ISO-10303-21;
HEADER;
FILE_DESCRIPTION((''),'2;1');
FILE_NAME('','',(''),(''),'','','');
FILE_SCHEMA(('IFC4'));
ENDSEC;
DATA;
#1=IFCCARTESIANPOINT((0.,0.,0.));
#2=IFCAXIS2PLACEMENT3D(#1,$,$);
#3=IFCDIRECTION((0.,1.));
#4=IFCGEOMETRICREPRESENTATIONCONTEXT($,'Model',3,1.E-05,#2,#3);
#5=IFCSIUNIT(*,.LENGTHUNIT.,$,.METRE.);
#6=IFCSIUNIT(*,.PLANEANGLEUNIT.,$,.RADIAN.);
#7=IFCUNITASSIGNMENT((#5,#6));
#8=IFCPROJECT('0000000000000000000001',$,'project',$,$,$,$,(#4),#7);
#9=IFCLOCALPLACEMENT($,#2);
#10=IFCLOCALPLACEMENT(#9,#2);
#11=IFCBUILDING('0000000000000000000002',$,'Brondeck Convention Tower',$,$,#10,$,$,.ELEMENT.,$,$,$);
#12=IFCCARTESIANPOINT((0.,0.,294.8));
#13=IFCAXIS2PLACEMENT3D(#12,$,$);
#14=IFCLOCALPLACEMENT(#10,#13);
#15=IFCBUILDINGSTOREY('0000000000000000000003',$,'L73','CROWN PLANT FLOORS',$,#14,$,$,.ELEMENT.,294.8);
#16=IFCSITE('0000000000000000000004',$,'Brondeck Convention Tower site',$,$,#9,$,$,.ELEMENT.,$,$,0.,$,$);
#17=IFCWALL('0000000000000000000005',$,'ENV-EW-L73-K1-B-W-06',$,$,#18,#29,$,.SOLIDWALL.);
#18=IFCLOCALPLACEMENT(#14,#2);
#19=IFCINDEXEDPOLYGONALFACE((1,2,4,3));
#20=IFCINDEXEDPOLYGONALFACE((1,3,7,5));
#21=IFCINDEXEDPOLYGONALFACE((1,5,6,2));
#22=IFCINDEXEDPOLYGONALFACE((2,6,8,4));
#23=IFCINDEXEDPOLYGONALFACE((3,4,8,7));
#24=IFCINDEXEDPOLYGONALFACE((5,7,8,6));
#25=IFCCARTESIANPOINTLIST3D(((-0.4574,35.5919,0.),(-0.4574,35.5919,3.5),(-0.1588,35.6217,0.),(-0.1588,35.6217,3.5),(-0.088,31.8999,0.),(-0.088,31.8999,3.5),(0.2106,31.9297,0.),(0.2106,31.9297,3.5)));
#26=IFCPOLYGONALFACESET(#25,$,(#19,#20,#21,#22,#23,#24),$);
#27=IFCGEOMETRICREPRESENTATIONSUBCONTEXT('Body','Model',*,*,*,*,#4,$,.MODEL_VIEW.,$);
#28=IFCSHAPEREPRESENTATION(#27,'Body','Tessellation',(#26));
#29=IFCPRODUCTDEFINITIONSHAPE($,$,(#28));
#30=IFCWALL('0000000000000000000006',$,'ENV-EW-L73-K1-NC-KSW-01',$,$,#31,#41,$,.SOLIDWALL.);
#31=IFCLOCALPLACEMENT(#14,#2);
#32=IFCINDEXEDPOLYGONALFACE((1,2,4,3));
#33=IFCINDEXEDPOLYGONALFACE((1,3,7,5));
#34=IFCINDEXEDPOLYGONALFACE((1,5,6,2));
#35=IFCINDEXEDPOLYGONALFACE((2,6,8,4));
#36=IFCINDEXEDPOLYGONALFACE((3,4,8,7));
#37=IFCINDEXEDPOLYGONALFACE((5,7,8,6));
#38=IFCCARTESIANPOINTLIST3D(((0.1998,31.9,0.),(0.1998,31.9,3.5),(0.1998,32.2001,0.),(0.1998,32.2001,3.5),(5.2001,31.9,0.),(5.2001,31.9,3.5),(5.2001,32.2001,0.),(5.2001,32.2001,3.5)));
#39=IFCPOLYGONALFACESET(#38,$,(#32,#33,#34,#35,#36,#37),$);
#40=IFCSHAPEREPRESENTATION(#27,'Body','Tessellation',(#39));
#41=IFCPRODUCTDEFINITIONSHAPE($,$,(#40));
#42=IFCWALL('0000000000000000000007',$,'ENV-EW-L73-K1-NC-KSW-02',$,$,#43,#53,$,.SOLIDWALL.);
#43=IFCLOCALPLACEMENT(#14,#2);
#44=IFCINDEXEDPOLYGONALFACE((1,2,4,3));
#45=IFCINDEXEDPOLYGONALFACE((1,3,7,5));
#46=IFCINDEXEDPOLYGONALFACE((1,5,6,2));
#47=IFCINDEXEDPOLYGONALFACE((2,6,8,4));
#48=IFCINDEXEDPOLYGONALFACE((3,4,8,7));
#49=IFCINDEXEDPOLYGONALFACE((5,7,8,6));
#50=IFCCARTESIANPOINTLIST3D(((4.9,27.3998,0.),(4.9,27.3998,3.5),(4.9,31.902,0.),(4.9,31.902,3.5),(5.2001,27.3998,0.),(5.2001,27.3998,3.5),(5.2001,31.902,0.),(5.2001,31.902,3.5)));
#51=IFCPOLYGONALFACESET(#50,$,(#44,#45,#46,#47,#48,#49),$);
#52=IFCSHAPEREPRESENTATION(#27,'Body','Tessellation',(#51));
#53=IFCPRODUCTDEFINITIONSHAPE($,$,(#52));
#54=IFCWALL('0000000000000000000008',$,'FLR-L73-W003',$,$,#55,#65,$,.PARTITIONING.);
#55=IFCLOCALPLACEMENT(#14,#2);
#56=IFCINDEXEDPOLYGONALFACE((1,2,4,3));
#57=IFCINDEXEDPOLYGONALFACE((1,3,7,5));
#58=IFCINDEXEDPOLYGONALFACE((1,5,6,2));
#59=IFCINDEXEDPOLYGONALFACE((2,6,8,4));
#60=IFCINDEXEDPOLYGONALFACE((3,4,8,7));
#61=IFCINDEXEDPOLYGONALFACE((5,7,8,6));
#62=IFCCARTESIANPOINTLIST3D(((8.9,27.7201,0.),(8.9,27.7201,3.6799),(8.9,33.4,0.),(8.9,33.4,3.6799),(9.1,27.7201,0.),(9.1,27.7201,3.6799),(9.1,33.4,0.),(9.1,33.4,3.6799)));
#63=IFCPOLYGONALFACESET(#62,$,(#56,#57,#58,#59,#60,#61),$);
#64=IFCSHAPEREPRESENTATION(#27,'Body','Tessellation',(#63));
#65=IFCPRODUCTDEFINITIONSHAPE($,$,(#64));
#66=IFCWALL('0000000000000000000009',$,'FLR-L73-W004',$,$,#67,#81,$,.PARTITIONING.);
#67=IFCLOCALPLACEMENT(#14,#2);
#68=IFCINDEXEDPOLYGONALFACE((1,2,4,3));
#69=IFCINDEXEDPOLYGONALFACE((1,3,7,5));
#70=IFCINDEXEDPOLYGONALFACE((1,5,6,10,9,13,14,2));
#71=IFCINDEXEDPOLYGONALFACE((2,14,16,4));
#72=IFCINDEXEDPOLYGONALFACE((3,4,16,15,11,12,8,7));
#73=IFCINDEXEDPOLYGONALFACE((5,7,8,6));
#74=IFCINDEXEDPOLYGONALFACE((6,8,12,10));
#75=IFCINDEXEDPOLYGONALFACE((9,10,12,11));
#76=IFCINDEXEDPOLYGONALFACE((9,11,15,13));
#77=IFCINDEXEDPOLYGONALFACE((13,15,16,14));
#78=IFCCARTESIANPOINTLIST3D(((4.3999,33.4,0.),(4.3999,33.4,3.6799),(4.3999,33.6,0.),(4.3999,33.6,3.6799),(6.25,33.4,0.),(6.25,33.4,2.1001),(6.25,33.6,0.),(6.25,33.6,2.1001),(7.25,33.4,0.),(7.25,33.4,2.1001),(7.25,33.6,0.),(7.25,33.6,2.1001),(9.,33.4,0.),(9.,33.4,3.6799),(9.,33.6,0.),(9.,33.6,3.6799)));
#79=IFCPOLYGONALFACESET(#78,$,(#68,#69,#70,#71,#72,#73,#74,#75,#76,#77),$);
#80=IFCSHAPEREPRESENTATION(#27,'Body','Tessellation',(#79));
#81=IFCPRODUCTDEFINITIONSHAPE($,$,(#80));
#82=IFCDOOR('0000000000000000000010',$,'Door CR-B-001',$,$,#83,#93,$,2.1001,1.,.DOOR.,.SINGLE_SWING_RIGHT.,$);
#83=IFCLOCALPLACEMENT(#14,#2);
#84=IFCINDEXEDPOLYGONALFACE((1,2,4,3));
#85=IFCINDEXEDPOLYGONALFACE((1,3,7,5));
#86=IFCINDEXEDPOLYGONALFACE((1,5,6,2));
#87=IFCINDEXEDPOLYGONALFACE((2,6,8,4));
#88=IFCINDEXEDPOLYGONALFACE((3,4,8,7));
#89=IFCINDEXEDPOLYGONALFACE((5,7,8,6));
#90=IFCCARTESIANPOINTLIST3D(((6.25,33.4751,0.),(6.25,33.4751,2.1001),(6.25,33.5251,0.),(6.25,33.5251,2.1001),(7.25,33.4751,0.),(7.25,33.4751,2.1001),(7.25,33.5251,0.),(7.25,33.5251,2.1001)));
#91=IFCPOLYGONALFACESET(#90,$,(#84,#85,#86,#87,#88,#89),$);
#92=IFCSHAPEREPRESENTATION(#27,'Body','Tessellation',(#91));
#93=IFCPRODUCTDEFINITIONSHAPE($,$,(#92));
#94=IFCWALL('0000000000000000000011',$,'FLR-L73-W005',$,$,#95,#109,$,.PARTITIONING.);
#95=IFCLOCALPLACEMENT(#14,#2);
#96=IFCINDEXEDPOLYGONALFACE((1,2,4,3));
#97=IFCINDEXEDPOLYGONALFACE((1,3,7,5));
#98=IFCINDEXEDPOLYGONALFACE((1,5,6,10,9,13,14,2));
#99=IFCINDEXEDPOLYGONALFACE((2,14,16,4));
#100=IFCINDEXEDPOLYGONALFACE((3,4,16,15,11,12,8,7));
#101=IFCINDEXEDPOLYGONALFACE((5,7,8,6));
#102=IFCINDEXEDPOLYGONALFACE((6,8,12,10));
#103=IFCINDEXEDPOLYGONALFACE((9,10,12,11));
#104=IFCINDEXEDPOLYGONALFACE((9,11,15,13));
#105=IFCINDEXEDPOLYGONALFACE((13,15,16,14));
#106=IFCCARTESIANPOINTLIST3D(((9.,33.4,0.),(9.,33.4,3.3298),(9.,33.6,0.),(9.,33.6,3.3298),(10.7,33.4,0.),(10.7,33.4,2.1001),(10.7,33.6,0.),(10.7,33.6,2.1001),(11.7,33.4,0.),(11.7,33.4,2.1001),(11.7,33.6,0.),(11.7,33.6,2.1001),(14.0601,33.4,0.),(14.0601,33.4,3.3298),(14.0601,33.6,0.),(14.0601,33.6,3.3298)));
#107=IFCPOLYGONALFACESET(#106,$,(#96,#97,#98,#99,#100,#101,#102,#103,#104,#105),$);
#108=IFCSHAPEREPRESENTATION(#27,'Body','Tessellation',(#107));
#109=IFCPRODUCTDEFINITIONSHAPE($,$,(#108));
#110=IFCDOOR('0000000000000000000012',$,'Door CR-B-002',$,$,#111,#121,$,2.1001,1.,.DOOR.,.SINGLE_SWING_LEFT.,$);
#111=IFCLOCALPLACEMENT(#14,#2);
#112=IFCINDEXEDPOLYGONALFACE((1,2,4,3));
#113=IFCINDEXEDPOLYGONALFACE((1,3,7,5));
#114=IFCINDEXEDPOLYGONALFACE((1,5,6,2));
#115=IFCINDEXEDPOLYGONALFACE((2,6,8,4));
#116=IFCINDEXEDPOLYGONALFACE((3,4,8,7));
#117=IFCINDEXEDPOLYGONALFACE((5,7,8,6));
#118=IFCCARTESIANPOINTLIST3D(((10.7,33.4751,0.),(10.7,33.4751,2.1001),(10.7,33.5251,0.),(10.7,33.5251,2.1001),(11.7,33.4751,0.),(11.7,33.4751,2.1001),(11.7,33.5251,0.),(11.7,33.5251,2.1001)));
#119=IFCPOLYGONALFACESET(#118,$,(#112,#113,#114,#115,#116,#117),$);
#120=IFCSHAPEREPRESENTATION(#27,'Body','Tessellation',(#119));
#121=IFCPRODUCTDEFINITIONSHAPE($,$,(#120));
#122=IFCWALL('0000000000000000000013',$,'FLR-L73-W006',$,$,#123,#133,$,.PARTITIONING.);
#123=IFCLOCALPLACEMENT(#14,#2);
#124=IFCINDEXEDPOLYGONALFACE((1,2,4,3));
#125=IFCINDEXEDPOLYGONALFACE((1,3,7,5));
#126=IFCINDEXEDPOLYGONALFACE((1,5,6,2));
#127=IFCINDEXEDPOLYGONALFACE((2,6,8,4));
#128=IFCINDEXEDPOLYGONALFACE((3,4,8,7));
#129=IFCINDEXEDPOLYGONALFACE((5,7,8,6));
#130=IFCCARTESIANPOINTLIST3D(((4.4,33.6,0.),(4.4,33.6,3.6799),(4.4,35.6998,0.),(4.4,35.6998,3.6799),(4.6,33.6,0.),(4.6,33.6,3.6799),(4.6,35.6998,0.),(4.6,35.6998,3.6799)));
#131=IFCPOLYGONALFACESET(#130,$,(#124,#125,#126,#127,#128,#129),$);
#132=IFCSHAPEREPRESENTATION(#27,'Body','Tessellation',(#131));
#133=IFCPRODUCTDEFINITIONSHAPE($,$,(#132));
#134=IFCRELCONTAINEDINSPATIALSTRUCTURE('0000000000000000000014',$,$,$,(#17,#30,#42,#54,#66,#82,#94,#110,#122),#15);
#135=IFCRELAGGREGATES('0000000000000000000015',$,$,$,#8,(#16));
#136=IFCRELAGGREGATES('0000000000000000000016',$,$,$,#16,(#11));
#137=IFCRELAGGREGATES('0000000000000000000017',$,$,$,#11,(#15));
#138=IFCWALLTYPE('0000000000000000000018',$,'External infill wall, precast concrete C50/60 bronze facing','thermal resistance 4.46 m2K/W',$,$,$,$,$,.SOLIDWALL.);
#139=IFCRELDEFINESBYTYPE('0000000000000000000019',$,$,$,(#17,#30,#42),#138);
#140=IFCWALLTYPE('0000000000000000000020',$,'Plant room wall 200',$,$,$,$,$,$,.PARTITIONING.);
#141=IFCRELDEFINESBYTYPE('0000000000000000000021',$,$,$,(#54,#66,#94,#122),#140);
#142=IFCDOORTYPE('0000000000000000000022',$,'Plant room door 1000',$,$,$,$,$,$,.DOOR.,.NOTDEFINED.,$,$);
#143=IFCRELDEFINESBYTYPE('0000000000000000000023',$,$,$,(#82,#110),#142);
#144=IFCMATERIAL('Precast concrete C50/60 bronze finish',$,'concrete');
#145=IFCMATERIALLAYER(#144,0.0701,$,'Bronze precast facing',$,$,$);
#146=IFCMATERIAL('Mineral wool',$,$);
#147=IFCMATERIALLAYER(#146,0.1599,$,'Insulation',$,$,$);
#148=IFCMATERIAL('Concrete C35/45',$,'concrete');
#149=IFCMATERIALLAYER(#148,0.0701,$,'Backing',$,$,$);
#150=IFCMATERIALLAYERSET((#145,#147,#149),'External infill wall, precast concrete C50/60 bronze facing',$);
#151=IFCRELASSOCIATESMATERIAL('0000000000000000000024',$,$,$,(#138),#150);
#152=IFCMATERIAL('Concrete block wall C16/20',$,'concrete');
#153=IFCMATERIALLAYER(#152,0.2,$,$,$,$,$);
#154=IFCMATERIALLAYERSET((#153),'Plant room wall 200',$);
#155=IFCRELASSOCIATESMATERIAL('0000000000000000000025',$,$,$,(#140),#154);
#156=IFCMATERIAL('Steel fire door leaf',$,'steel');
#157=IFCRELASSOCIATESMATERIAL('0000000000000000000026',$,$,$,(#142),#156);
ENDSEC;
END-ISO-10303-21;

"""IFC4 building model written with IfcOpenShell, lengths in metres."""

from ifc_helpers import new_model, si_unit, direction, frame, frame_2d, origin, place, context, subcontext, project, spatial, rectangle, extrude, material, layer, layer_set, type_object, element, fill, save


model = new_model("IFC4")

# Units and contexts
model_context = context("Model", 3, precision=1e-05, world=origin(), true_north=direction((0.0, 1.0)))
body_context = subcontext(model_context, "Body", "Model", "MODEL_VIEW")
ifc_project = project(units=[si_unit("LENGTHUNIT", "METRE"), si_unit("PLANEANGLEUNIT", "RADIAN")], contexts=[model_context])

# Site, building, storey
site_placement = place(None, origin())
site = spatial("IfcSite", under=ifc_project, at=site_placement, Name="Brondeck Convention Tower site", CompositionType="ELEMENT", RefElevation=0.0)
building_placement = place(site_placement, origin())
building = spatial("IfcBuilding", under=site, at=building_placement, Name="Brondeck Convention Tower", CompositionType="ELEMENT")
storey_placement = place(building_placement, frame((0.0, 0.0, 294.8)))
storey = spatial("IfcBuildingStorey", under=building, at=storey_placement, Name="L73", Description="CROWN PLANT FLOORS", CompositionType="ELEMENT", Elevation=294.8)

# Shared definitions
ifc_material_1 = material(Name="Concrete C35/45", Category="concrete")

# Shared definitions
ifc_material_2 = material(Name="Precast concrete C50/60 bronze finish", Category="concrete")
ifc_layer_1 = layer(ifc_material_2, 0.0701, Name="Bronze precast facing")
ifc_material_3 = material(Name="Mineral wool")
ifc_layer_2 = layer(ifc_material_3, 0.1599, Name="Insulation")
ifc_layer_3 = layer(ifc_material_1, 0.0701, Name="Backing")
ifc_layer_set_1 = layer_set([ifc_layer_1, ifc_layer_2, ifc_layer_3], Name="External infill wall, precast concrete C50/60 bronze facing")
wall_type_1 = type_object("IfcWallType", Name="External infill wall, precast concrete C50/60 bronze facing", Description="thermal resistance 4.46 m2K/W", PredefinedType="SOLIDWALL", material=ifc_layer_set_1)

# Walls
wall_1_placement = place(storey_placement, frame((0.0613, 31.9148, 0.0), z_axis=(0.0, 0.0, 1.0), x_axis=(-0.099549, 0.995033, 0.0)))
element("IfcWall", 1, at=wall_1_placement, inside=storey, type_object=wall_type_1, Name="ENV-EW-L73-K1-B-W-06", PredefinedType="SOLIDWALL", context=body_context, shape_type="SweptSolid", body=[
    extrude(rectangle(XDim=3.7104, YDim=0.3, at=frame_2d((1.8552, 0.0))), origin(), (0.0, 0.0, 1.0), 3.5),
])
wall_2_placement = place(storey_placement, frame((5.2, 32.05, 0.0), z_axis=(0.0, 0.0, 1.0), x_axis=(-1.0, 0.0, 0.0)))
element("IfcWall", 2, at=wall_2_placement, inside=storey, type_object=wall_type_1, Name="ENV-EW-L73-K1-NC-KSW-01", PredefinedType="SOLIDWALL", context=body_context, shape_type="SweptSolid", body=[
    extrude(rectangle(XDim=5.0002, YDim=0.3, at=frame_2d((2.5, 0.0))), origin(), (0.0, 0.0, 1.0), 3.5),
])
wall_3_placement = place(storey_placement, frame((5.05, 27.3999, 0.0), z_axis=(0.0, 0.0, 1.0), x_axis=(0.0, 1.0, 0.0)))
element("IfcWall", 3, at=wall_3_placement, inside=storey, type_object=wall_type_1, Name="ENV-EW-L73-K1-NC-KSW-02", PredefinedType="SOLIDWALL", context=body_context, shape_type="SweptSolid", body=[
    extrude(rectangle(XDim=4.5022, YDim=0.3, at=frame_2d((2.251, 0.0))), origin(), (0.0, 0.0, 1.0), 3.5),
])
ifc_material_4 = material(Name="Concrete block wall C16/20", Category="concrete")
ifc_layer_4 = layer(ifc_material_4, 0.2)
ifc_layer_set_2 = layer_set([ifc_layer_4], Name="Plant room wall 200")
wall_type_2 = type_object("IfcWallType", Name="Plant room wall 200", PredefinedType="PARTITIONING", material=ifc_layer_set_2)
wall_4_placement = place(storey_placement, frame((9.0, 33.3999, 0.0), z_axis=(0.0, 0.0, 1.0), x_axis=(0.0, -1.0, 0.0)))
element("IfcWall", 4, at=wall_4_placement, inside=storey, type_object=wall_type_2, Name="FLR-L73-W003", PredefinedType="PARTITIONING", context=body_context, shape_type="SweptSolid", body=[
    extrude(rectangle(XDim=5.6799, YDim=0.2, at=frame_2d((2.8398, 0.0))), origin(), (0.0, 0.0, 1.0), 3.6799),
])

# Walls, openings, doors
wall_5_placement = place(storey_placement, frame((9.0, 33.5, 0.0), z_axis=(0.0, 0.0, 1.0), x_axis=(-1.0, 0.0, 0.0)))
wall_5 = element("IfcWall", 5, at=wall_5_placement, inside=storey, type_object=wall_type_2, Name="FLR-L73-W004", PredefinedType="PARTITIONING", context=body_context, shape_type="SweptSolid", body=[
    extrude(rectangle(XDim=4.6001, YDim=0.2, at=frame_2d((2.3, 0.0))), origin(), (0.0, 0.0, 1.0), 3.6799),
])
opening_1_placement = place(wall_5_placement, frame((1.75, 0.0, 0.0)))
opening_1 = element("IfcOpeningElement", 6, at=opening_1_placement, cuts=wall_5, PredefinedType="OPENING", context=body_context, shape_type="SweptSolid", body=[
    extrude(rectangle(XDim=1.0, YDim=2.1001, at=frame_2d((0.5, 1.05))), frame((0.0, 0.1099, 0.0), z_axis=(0.0, -1.0, 0.0), x_axis=(1.0, 0.0, 0.0)), (0.0, 0.0, 1.0), 0.22),
])
ifc_material_5 = material(Name="Steel fire door leaf", Category="steel")
door_type = type_object("IfcDoorType", Name="Plant room door 1000", OperationType="NOTDEFINED", PredefinedType="DOOR", material=ifc_material_5)
door_1_placement = place(opening_1_placement, origin())
door_1 = element("IfcDoor", 7, at=door_1_placement, inside=storey, type_object=door_type, Name="Door CR-B-001", OperationType="SINGLE_SWING_RIGHT", OverallHeight=2.1001, OverallWidth=1.0, PredefinedType="DOOR", context=body_context, shape_type="SweptSolid", body=[
    extrude(rectangle(XDim=1.0, YDim=2.1001, at=frame_2d((0.5, 1.05))), frame((0.0, 0.0249, 0.0), z_axis=(0.0, -1.0, 0.0), x_axis=(1.0, 0.0, 0.0)), (0.0, 0.0, 1.0), 0.05),
])
fill(opening_1, door_1)
wall_6_placement = place(storey_placement, frame((14.0601, 33.5, 0.0), z_axis=(0.0, 0.0, 1.0), x_axis=(-1.0, 0.0, 0.0)))
wall_6 = element("IfcWall", 8, at=wall_6_placement, inside=storey, type_object=wall_type_2, Name="FLR-L73-W005", PredefinedType="PARTITIONING", context=body_context, shape_type="SweptSolid", body=[
    extrude(rectangle(XDim=5.0601, YDim=0.2, at=frame_2d((2.53, 0.0))), origin(), (0.0, 0.0, 1.0), 3.3298),
])
opening_2_placement = place(wall_6_placement, frame((2.3601, 0.0, 0.0)))
opening_2 = element("IfcOpeningElement", 9, at=opening_2_placement, cuts=wall_6, PredefinedType="OPENING", context=body_context, shape_type="SweptSolid", body=[
    extrude(rectangle(XDim=1.0, YDim=2.1001, at=frame_2d((0.5, 1.05))), frame((0.0, 0.1099, 0.0), z_axis=(0.0, -1.0, 0.0), x_axis=(1.0, 0.0, 0.0)), (0.0, 0.0, 1.0), 0.22),
])
door_2_placement = place(opening_2_placement, origin())
door_2 = element("IfcDoor", 10, at=door_2_placement, inside=storey, type_object=door_type, Name="Door CR-B-002", OperationType="SINGLE_SWING_LEFT", OverallHeight=2.1001, OverallWidth=1.0, PredefinedType="DOOR", context=body_context, shape_type="SweptSolid", body=[
    extrude(rectangle(XDim=1.0, YDim=2.1001, at=frame_2d((0.5, 1.05))), frame((0.0, 0.0249, 0.0), z_axis=(0.0, -1.0, 0.0), x_axis=(1.0, 0.0, 0.0)), (0.0, 0.0, 1.0), 0.05),
])
fill(opening_2, door_2)

# Wall
wall_7_placement = place(storey_placement, frame((4.5, 33.6001, 0.0), z_axis=(0.0, 0.0, 1.0), x_axis=(0.0, 1.0, 0.0)))
element("IfcWall", 11, at=wall_7_placement, inside=storey, type_object=wall_type_2, Name="FLR-L73-W006", PredefinedType="PARTITIONING", context=body_context, shape_type="SweptSolid", body=[
    extrude(rectangle(XDim=2.0999, YDim=0.2, at=frame_2d((1.0498, 0.0))), origin(), (0.0, 0.0, 1.0), 3.6799),
])

save(model, "model.ifc")
